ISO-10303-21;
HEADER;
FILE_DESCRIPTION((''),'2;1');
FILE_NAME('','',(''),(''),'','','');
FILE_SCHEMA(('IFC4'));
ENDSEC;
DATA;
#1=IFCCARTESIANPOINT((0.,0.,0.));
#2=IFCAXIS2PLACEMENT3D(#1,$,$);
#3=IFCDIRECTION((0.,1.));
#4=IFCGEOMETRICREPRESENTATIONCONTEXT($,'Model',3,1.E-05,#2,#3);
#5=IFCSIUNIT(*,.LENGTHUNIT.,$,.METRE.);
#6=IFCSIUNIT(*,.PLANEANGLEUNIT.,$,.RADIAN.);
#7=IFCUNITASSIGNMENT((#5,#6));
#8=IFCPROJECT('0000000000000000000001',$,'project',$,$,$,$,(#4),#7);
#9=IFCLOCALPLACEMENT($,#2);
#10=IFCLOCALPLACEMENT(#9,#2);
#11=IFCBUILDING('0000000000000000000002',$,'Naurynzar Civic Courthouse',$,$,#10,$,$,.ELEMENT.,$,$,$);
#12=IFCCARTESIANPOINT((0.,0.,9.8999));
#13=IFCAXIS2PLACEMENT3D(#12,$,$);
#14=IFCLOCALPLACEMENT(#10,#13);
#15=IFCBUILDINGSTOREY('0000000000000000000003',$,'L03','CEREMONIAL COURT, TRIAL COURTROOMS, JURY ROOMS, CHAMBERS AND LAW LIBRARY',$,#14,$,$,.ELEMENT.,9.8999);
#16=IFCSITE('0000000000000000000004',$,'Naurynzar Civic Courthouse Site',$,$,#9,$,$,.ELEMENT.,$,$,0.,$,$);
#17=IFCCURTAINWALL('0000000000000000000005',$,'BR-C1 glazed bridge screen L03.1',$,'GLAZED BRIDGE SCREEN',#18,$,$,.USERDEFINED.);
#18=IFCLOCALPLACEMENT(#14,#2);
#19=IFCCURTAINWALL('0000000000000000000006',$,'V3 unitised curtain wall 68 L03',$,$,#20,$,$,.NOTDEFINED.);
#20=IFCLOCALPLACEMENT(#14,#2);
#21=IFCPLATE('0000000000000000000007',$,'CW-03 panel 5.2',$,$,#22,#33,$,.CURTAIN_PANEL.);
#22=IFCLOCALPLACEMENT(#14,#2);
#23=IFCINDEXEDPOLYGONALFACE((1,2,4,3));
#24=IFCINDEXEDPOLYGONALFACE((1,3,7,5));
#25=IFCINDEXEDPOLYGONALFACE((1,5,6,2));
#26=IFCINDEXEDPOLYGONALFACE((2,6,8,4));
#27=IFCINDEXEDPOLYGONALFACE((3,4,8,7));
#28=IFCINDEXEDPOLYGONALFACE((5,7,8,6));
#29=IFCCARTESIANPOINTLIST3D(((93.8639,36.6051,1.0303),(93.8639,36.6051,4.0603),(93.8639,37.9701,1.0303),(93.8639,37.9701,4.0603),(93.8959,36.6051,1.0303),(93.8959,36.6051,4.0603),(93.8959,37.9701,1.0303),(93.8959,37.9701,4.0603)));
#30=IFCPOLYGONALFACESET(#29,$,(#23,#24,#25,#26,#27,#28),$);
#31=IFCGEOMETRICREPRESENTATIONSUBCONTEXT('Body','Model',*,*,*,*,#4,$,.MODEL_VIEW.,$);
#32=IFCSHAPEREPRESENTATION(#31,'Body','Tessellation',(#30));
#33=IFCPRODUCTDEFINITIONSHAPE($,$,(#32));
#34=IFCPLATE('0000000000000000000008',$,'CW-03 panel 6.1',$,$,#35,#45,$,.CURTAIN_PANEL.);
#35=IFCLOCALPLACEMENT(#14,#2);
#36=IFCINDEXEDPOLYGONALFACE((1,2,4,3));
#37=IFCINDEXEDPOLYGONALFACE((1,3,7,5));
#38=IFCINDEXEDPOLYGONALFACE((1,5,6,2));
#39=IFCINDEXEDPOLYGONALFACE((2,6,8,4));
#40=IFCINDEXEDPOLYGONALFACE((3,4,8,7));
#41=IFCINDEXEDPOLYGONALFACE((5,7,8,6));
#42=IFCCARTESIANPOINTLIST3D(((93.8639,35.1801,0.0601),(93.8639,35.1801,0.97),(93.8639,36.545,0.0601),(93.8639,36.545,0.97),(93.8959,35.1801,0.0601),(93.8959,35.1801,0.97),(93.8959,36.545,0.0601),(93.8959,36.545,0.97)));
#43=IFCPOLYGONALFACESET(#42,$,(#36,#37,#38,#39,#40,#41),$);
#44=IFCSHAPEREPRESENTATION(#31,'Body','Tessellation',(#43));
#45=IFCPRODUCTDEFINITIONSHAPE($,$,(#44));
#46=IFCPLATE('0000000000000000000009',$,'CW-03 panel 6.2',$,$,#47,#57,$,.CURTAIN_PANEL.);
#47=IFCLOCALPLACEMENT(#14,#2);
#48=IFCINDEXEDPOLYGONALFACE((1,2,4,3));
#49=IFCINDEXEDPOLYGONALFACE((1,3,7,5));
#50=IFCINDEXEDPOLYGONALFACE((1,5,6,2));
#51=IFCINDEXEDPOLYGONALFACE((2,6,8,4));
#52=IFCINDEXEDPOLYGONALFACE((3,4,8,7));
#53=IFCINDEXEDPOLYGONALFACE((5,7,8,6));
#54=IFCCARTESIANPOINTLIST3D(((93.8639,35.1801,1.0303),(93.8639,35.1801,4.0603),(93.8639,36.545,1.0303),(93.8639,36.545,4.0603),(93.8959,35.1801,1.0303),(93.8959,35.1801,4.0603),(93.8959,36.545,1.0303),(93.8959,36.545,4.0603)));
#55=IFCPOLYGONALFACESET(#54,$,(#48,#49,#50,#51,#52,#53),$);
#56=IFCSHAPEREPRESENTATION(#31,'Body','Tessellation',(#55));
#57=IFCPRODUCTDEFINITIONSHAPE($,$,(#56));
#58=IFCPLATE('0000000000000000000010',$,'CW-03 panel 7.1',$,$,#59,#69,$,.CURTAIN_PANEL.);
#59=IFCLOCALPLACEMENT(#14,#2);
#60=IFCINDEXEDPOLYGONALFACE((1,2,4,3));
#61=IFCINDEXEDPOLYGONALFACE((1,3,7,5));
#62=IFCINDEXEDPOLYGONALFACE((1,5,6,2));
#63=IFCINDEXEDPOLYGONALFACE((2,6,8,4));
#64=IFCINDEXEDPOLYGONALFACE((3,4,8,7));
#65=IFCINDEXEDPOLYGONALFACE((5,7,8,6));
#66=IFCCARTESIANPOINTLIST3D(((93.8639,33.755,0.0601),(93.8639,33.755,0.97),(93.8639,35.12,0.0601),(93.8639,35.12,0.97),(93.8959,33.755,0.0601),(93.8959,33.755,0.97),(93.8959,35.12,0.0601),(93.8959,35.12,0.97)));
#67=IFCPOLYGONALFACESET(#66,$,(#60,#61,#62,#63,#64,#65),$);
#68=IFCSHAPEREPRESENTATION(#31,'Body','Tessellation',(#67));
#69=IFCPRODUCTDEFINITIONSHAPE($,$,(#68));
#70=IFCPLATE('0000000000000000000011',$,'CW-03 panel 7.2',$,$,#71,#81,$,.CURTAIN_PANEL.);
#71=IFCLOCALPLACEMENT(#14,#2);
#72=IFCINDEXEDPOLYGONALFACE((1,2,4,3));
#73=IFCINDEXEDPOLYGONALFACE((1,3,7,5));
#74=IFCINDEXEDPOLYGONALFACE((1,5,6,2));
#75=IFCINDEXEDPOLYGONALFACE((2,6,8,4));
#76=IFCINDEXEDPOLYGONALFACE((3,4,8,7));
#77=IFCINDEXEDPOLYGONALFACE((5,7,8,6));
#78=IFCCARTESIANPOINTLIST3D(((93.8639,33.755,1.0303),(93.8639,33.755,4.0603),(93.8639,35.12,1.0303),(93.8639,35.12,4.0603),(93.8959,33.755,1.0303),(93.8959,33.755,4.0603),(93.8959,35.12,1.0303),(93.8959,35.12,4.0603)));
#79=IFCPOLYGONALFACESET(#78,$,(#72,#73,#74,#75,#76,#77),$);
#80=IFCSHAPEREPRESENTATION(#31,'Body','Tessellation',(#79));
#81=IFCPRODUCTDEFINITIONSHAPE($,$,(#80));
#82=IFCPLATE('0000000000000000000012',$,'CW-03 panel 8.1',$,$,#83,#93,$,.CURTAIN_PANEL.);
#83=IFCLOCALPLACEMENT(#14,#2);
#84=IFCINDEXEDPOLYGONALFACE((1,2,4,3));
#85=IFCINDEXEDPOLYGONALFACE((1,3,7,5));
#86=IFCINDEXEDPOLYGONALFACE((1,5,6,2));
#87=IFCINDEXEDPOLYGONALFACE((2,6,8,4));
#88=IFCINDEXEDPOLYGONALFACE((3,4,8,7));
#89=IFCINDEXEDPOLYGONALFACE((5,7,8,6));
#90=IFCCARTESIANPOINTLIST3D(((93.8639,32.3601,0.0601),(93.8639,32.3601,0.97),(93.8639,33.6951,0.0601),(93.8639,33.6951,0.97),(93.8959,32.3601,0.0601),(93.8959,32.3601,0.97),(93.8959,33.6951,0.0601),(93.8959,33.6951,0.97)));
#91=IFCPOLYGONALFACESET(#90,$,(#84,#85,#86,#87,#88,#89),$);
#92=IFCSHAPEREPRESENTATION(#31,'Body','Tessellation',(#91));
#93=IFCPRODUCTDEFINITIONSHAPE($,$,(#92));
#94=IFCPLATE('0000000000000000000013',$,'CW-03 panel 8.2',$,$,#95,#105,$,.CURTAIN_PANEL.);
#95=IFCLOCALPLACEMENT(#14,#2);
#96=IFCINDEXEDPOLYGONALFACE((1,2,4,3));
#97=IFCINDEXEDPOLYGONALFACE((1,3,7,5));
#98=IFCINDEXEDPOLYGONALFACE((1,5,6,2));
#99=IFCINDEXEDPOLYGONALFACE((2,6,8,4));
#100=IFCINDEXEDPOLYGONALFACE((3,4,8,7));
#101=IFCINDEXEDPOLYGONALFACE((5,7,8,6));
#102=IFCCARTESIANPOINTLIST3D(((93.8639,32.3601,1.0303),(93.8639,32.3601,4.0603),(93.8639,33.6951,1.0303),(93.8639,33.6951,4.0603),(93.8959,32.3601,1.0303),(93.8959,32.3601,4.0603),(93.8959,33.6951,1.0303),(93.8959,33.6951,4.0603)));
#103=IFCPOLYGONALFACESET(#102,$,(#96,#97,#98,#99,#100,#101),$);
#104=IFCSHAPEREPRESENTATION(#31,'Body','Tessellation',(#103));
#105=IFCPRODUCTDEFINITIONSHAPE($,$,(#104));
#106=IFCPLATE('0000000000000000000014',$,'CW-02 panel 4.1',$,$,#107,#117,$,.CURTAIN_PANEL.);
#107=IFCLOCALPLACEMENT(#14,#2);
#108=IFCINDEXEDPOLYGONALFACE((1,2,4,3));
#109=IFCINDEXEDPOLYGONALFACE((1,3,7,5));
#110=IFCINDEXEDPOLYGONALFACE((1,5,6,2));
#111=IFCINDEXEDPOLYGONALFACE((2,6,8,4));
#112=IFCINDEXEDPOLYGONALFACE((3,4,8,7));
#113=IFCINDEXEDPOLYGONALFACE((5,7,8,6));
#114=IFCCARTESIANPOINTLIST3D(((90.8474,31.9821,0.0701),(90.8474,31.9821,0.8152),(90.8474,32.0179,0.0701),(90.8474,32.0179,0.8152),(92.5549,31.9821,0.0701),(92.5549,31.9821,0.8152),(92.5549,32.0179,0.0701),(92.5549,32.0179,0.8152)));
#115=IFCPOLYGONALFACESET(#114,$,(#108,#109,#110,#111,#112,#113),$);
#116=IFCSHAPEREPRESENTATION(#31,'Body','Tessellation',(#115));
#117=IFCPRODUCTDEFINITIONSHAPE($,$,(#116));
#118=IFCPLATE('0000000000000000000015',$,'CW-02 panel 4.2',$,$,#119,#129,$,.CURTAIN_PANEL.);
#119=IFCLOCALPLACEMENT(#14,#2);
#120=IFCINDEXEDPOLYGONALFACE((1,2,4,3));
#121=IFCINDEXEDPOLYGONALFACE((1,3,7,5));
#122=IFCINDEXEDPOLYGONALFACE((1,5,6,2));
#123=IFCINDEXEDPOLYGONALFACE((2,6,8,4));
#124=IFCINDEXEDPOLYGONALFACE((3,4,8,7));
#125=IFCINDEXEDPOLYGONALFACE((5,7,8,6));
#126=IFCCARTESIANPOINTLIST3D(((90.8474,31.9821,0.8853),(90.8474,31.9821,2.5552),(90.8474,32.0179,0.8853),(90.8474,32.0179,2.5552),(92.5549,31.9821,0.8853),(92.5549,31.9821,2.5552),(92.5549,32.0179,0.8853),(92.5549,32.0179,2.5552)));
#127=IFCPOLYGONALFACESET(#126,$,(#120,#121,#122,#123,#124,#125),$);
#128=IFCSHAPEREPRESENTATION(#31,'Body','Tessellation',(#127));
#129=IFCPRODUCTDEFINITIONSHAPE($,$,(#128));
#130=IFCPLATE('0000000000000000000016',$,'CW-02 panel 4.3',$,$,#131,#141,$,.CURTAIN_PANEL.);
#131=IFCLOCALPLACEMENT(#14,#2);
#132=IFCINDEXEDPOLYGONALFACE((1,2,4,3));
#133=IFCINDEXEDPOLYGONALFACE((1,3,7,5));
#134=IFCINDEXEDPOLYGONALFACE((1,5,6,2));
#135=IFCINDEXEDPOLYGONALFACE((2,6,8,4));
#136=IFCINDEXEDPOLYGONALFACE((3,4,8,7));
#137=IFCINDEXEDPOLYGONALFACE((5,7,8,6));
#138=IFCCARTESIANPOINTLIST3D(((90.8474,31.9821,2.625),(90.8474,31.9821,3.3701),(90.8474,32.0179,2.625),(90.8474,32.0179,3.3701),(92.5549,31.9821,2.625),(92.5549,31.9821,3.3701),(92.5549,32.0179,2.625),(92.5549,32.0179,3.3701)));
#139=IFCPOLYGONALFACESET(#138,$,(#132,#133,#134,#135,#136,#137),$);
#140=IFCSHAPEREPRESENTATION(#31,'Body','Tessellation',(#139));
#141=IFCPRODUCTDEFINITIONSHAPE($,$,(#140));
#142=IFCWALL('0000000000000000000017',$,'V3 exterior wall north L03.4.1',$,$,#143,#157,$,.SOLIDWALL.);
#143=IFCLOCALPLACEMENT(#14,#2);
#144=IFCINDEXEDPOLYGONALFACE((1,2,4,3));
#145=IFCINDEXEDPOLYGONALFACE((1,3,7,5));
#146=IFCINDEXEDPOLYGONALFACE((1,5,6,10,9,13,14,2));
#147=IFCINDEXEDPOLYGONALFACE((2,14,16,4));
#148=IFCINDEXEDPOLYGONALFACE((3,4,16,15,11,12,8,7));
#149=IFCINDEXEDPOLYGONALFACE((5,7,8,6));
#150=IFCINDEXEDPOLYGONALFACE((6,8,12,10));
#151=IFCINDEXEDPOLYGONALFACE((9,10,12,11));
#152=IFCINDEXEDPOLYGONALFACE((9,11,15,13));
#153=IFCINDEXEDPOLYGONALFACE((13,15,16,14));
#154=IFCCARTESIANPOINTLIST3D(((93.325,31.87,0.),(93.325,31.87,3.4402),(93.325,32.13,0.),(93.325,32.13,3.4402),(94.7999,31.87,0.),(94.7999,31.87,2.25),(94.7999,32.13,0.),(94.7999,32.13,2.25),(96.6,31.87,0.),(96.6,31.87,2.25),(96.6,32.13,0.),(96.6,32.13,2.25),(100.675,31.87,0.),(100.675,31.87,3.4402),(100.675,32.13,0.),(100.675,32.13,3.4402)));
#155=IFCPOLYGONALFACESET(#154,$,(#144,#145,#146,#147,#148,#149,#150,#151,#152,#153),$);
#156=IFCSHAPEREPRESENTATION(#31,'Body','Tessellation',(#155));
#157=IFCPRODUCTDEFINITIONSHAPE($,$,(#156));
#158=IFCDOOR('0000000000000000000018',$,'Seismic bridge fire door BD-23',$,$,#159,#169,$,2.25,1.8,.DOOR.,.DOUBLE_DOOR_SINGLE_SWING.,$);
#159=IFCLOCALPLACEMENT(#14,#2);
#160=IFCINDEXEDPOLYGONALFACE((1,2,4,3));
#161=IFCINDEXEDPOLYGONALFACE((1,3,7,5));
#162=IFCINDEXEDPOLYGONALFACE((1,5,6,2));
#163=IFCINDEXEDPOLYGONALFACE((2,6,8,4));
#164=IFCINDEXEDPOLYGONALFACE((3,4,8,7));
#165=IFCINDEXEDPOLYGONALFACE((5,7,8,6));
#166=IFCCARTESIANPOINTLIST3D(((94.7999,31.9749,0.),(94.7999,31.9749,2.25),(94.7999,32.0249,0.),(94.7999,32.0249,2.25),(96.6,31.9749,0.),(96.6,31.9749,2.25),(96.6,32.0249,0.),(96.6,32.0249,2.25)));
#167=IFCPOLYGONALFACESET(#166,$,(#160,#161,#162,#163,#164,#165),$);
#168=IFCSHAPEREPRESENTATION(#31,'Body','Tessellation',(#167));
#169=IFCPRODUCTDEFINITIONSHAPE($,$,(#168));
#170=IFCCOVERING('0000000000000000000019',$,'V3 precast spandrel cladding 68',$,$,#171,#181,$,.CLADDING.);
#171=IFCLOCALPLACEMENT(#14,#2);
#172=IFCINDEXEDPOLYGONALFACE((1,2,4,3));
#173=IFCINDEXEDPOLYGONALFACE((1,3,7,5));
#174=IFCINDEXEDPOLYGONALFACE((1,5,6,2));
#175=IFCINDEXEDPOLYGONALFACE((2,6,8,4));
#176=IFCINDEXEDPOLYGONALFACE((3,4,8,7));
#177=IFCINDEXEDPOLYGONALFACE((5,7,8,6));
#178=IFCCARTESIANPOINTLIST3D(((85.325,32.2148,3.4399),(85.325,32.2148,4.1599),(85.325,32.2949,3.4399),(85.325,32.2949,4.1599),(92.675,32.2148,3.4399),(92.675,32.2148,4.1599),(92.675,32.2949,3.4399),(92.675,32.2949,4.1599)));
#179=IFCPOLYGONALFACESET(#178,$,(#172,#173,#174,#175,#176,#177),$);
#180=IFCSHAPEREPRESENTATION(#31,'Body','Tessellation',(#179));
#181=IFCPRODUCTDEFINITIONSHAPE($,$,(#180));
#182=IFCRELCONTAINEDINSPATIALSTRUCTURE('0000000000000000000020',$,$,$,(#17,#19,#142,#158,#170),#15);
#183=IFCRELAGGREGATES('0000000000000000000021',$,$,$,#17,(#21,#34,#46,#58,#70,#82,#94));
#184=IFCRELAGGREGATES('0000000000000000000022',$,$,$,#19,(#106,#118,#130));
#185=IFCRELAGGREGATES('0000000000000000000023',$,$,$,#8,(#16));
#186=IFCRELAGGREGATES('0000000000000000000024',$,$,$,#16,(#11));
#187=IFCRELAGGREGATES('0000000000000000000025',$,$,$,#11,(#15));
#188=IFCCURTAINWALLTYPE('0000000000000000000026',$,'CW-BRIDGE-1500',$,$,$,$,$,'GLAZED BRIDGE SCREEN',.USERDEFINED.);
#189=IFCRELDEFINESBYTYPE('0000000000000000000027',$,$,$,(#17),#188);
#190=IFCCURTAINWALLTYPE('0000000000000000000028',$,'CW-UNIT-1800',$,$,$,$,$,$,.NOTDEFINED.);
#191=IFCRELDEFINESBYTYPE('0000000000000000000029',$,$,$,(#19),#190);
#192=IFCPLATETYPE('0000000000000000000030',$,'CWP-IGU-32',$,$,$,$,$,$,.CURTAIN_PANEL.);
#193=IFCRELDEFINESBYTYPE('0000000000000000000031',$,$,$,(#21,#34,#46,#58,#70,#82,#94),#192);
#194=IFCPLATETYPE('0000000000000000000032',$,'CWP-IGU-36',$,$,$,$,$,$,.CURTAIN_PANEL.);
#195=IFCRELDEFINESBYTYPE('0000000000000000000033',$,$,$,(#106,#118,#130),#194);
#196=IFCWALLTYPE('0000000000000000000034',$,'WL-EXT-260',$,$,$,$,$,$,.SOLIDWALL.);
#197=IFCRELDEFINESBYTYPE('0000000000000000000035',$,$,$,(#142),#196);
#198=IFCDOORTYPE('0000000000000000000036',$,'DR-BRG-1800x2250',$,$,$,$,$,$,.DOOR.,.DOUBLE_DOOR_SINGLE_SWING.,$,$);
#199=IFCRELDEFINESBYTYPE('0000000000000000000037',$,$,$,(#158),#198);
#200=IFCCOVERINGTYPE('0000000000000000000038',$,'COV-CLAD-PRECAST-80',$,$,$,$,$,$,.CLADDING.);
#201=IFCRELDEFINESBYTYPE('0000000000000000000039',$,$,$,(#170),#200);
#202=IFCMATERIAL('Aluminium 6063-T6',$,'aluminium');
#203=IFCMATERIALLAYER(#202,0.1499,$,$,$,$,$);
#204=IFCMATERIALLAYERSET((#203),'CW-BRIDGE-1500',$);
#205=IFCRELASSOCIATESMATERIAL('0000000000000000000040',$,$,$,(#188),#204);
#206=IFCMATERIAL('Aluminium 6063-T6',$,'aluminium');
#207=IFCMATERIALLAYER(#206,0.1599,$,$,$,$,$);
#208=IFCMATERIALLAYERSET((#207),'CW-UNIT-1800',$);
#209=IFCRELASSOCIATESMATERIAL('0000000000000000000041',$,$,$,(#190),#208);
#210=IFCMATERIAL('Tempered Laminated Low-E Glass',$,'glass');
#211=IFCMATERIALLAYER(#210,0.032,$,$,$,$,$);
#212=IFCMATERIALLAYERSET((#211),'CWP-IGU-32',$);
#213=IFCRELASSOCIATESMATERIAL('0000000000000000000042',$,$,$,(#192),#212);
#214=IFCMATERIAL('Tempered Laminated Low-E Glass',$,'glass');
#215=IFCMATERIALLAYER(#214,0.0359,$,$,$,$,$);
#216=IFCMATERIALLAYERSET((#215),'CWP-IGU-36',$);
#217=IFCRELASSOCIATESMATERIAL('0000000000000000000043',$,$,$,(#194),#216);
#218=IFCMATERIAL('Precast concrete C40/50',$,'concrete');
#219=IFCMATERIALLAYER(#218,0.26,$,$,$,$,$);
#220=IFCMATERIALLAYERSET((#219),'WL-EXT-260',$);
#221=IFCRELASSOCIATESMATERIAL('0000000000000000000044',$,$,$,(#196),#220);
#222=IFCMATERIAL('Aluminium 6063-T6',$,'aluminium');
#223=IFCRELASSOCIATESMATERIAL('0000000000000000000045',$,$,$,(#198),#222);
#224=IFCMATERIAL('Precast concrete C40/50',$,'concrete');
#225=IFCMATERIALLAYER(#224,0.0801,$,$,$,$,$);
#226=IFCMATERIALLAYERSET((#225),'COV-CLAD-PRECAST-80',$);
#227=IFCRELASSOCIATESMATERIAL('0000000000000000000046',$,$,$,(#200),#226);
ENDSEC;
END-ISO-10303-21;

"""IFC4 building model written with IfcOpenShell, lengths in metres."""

from ifc_helpers import new_model, si_unit, direction, frame, frame_2d, origin, origin_2d, place, context, subcontext, project, spatial, rectangle, extrude, material, layer, layer_set, type_object, element, fill, aggregate, save


model = new_model("IFC4")

# Units and contexts
model_context = context("Model", 3, precision=1e-05, world=origin(), true_north=direction((0.0, 1.0)))
body_context = subcontext(model_context, "Body", "Model", "MODEL_VIEW")
ifc_project = project(units=[si_unit("LENGTHUNIT", "METRE"), si_unit("PLANEANGLEUNIT", "RADIAN")], contexts=[model_context])

# Site, building, storey
site_placement = place(None, origin())
site = spatial("IfcSite", under=ifc_project, at=site_placement, Name="Naurynzar Civic Courthouse Site", CompositionType="ELEMENT", RefElevation=0.0)
building_placement = place(site_placement, origin())
building = spatial("IfcBuilding", under=site, at=building_placement, Name="Naurynzar Civic Courthouse", CompositionType="ELEMENT")
storey_placement = place(building_placement, frame((0.0, 0.0, 9.8999)))
storey = spatial("IfcBuildingStorey", under=building, at=storey_placement, Name="L03", Description="CEREMONIAL COURT, TRIAL COURTROOMS, JURY ROOMS, CHAMBERS AND LAW LIBRARY", CompositionType="ELEMENT", Elevation=9.8999)

# Curtain wall
ifc_material_1 = material(Name="Aluminium 6063-T6", Category="aluminium")
ifc_layer_1 = layer(ifc_material_1, 0.1499)
ifc_layer_set_1 = layer_set([ifc_layer_1], Name="CW-BRIDGE-1500")
curtain_wall_type_1 = type_object("IfcCurtainWallType", Name="CW-BRIDGE-1500", ElementType="GLAZED BRIDGE SCREEN", PredefinedType="USERDEFINED", material=ifc_layer_set_1)
curtain_wall_1_placement = place(storey_placement, origin())
curtain_wall_1 = element("IfcCurtainWall", 1, at=curtain_wall_1_placement, inside=storey, type_object=curtain_wall_type_1, Name="BR-C1 glazed bridge screen L03.1", ObjectType="GLAZED BRIDGE SCREEN", PredefinedType="USERDEFINED")

# Curtain wall
ifc_material_2 = material(Name="Aluminium 6063-T6", Category="aluminium")
ifc_layer_2 = layer(ifc_material_2, 0.1599)
ifc_layer_set_2 = layer_set([ifc_layer_2], Name="CW-UNIT-1800")
curtain_wall_type_2 = type_object("IfcCurtainWallType", Name="CW-UNIT-1800", PredefinedType="NOTDEFINED", material=ifc_layer_set_2)
curtain_wall_2_placement = place(storey_placement, origin())
curtain_wall_2 = element("IfcCurtainWall", 2, at=curtain_wall_2_placement, inside=storey, type_object=curtain_wall_type_2, Name="V3 unitised curtain wall 68 L03", PredefinedType="NOTDEFINED")

# Plates
ifc_material_3 = material(Name="Tempered Laminated Low-E Glass", Category="glass")
ifc_layer_3 = layer(ifc_material_3, 0.032)
ifc_layer_set_3 = layer_set([ifc_layer_3], Name="CWP-IGU-32")
plate_type_1 = type_object("IfcPlateType", Name="CWP-IGU-32", PredefinedType="CURTAIN_PANEL", material=ifc_layer_set_3)
plate_1_placement = place(storey_placement, frame((93.8799, 37.2876, 1.0303), z_axis=(0.0, 0.0, 1.0), x_axis=(0.0, -1.0, 0.0)))
plate_1 = element("IfcPlate", 3, at=plate_1_placement, type_object=plate_type_1, Name="CW-03 panel 5.2", PredefinedType="CURTAIN_PANEL", context=body_context, shape_type="SweptSolid", body=[
    extrude(rectangle(XDim=1.365, YDim=0.032, at=origin_2d()), origin(), (0.0, 0.0, 1.0), 3.03),
])
plate_2_placement = place(storey_placement, frame((93.8799, 35.8625, 0.0601), z_axis=(0.0, 0.0, 1.0), x_axis=(0.0, -1.0, 0.0)))
plate_2 = element("IfcPlate", 4, at=plate_2_placement, type_object=plate_type_1, Name="CW-03 panel 6.1", PredefinedType="CURTAIN_PANEL", context=body_context, shape_type="SweptSolid", body=[
    extrude(rectangle(XDim=1.365, YDim=0.032, at=origin_2d()), origin(), (0.0, 0.0, 1.0), 0.9099),
])
plate_3_placement = place(storey_placement, frame((93.8799, 35.8625, 1.0303), z_axis=(0.0, 0.0, 1.0), x_axis=(0.0, -1.0, 0.0)))
plate_3 = element("IfcPlate", 5, at=plate_3_placement, type_object=plate_type_1, Name="CW-03 panel 6.2", PredefinedType="CURTAIN_PANEL", context=body_context, shape_type="SweptSolid", body=[
    extrude(rectangle(XDim=1.365, YDim=0.032, at=origin_2d()), origin(), (0.0, 0.0, 1.0), 3.03),
])
plate_4_placement = place(storey_placement, frame((93.8799, 34.4375, 0.0601), z_axis=(0.0, 0.0, 1.0), x_axis=(0.0, -1.0, 0.0)))
plate_4 = element("IfcPlate", 6, at=plate_4_placement, type_object=plate_type_1, Name="CW-03 panel 7.1", PredefinedType="CURTAIN_PANEL", context=body_context, shape_type="SweptSolid", body=[
    extrude(rectangle(XDim=1.365, YDim=0.032, at=origin_2d()), origin(), (0.0, 0.0, 1.0), 0.9099),
])
plate_5_placement = place(storey_placement, frame((93.8799, 34.4375, 1.0303), z_axis=(0.0, 0.0, 1.0), x_axis=(0.0, -1.0, 0.0)))
plate_5 = element("IfcPlate", 7, at=plate_5_placement, type_object=plate_type_1, Name="CW-03 panel 7.2", PredefinedType="CURTAIN_PANEL", context=body_context, shape_type="SweptSolid", body=[
    extrude(rectangle(XDim=1.365, YDim=0.032, at=origin_2d()), origin(), (0.0, 0.0, 1.0), 3.03),
])
plate_6_placement = place(storey_placement, frame((93.8799, 33.0276, 0.0601), z_axis=(0.0, 0.0, 1.0), x_axis=(0.0, -1.0, 0.0)))
plate_6 = element("IfcPlate", 8, at=plate_6_placement, type_object=plate_type_1, Name="CW-03 panel 8.1", PredefinedType="CURTAIN_PANEL", context=body_context, shape_type="SweptSolid", body=[
    extrude(rectangle(XDim=1.335, YDim=0.032, at=origin_2d()), origin(), (0.0, 0.0, 1.0), 0.9099),
])
plate_7_placement = place(storey_placement, frame((93.8799, 33.0276, 1.0303), z_axis=(0.0, 0.0, 1.0), x_axis=(0.0, -1.0, 0.0)))
plate_7 = element("IfcPlate", 9, at=plate_7_placement, type_object=plate_type_1, Name="CW-03 panel 8.2", PredefinedType="CURTAIN_PANEL", context=body_context, shape_type="SweptSolid", body=[
    extrude(rectangle(XDim=1.335, YDim=0.032, at=origin_2d()), origin(), (0.0, 0.0, 1.0), 3.03),
])
aggregate(curtain_wall_1, [plate_1, plate_2, plate_3, plate_4, plate_5, plate_6, plate_7])
ifc_material_4 = material(Name="Tempered Laminated Low-E Glass", Category="glass")
ifc_layer_4 = layer(ifc_material_4, 0.0359)
ifc_layer_set_4 = layer_set([ifc_layer_4], Name="CWP-IGU-36")
plate_type_2 = type_object("IfcPlateType", Name="CWP-IGU-36", PredefinedType="CURTAIN_PANEL", material=ifc_layer_set_4)
plate_8_placement = place(storey_placement, frame((91.7012, 32.0, 0.0701), z_axis=(0.0, 0.0, 1.0), x_axis=(1.0, 0.0, 0.0)))
plate_8 = element("IfcPlate", 10, at=plate_8_placement, type_object=plate_type_2, Name="CW-02 panel 4.1", PredefinedType="CURTAIN_PANEL", context=body_context, shape_type="SweptSolid", body=[
    extrude(rectangle(XDim=1.7075, YDim=0.0359, at=origin_2d()), origin(), (0.0, 0.0, 1.0), 0.7451),
])
plate_9_placement = place(storey_placement, frame((91.7012, 32.0, 0.8853), z_axis=(0.0, 0.0, 1.0), x_axis=(1.0, 0.0, 0.0)))
plate_9 = element("IfcPlate", 11, at=plate_9_placement, type_object=plate_type_2, Name="CW-02 panel 4.2", PredefinedType="CURTAIN_PANEL", context=body_context, shape_type="SweptSolid", body=[
    extrude(rectangle(XDim=1.7075, YDim=0.0359, at=origin_2d()), origin(), (0.0, 0.0, 1.0), 1.6699),
])
plate_10_placement = place(storey_placement, frame((91.7012, 32.0, 2.625), z_axis=(0.0, 0.0, 1.0), x_axis=(1.0, 0.0, 0.0)))
plate_10 = element("IfcPlate", 12, at=plate_10_placement, type_object=plate_type_2, Name="CW-02 panel 4.3", PredefinedType="CURTAIN_PANEL", context=body_context, shape_type="SweptSolid", body=[
    extrude(rectangle(XDim=1.7075, YDim=0.0359, at=origin_2d()), origin(), (0.0, 0.0, 1.0), 0.7451),
])
aggregate(curtain_wall_2, [plate_8, plate_9, plate_10])

# Wall, opening, door
ifc_material_5 = material(Name="Precast concrete C40/50", Category="concrete")
ifc_layer_5 = layer(ifc_material_5, 0.26)
ifc_layer_set_5 = layer_set([ifc_layer_5], Name="WL-EXT-260")
wall_type = type_object("IfcWallType", Name="WL-EXT-260", PredefinedType="SOLIDWALL", material=ifc_layer_set_5)
wall_placement = place(storey_placement, frame((93.325, 32.0, 0.0), z_axis=(0.0, 0.0, 1.0), x_axis=(1.0, 0.0, 0.0)))
wall = element("IfcWall", 13, at=wall_placement, inside=storey, type_object=wall_type, Name="V3 exterior wall north L03.4.1", PredefinedType="SOLIDWALL", context=body_context, shape_type="SweptSolid", body=[
    extrude(rectangle(XDim=7.3501, YDim=0.26, at=frame_2d((3.675, 0.0))), origin(), (0.0, 0.0, 1.0), 3.4402),
])
opening_placement = place(wall_placement, frame((1.4751, 0.0, 0.0)))
opening = element("IfcOpeningElement", 14, at=opening_placement, cuts=wall, PredefinedType="OPENING", context=body_context, shape_type="SweptSolid", body=[
    extrude(rectangle(XDim=1.8, YDim=2.25, at=frame_2d((0.8999, 1.125))), frame((0.0, 0.1399, 0.0), z_axis=(0.0, -1.0, 0.0), x_axis=(1.0, 0.0, 0.0)), (0.0, 0.0, 1.0), 0.28),
])
ifc_material_6 = material(Name="Aluminium 6063-T6", Category="aluminium")
door_type = type_object("IfcDoorType", Name="DR-BRG-1800x2250", OperationType="DOUBLE_DOOR_SINGLE_SWING", PredefinedType="DOOR", material=ifc_material_6)
door_placement = place(opening_placement, origin())
door = element("IfcDoor", 15, at=door_placement, inside=storey, type_object=door_type, Name="Seismic bridge fire door BD-23", OperationType="DOUBLE_DOOR_SINGLE_SWING", OverallHeight=2.25, OverallWidth=1.8, PredefinedType="DOOR", context=body_context, shape_type="SweptSolid", body=[
    extrude(rectangle(XDim=1.8, YDim=2.25, at=frame_2d((0.8999, 1.125))), frame((0.0, 0.0249, 0.0), z_axis=(0.0, -1.0, 0.0), x_axis=(1.0, 0.0, 0.0)), (0.0, 0.0, 1.0), 0.05),
])
fill(opening, door)

# Covering
ifc_material_7 = material(Name="Precast concrete C40/50", Category="concrete")
ifc_layer_6 = layer(ifc_material_7, 0.0801)
ifc_layer_set_6 = layer_set([ifc_layer_6], Name="COV-CLAD-PRECAST-80")
covering_type = type_object("IfcCoveringType", Name="COV-CLAD-PRECAST-80", PredefinedType="CLADDING", material=ifc_layer_set_6)
covering_placement = place(storey_placement, frame((89.0, 32.2549, 3.4399), z_axis=(0.0, 0.0, 1.0), x_axis=(1.0, 0.0, 0.0)))
element("IfcCovering", 16, at=covering_placement, inside=storey, type_object=covering_type, Name="V3 precast spandrel cladding 68", PredefinedType="CLADDING", context=body_context, shape_type="SweptSolid", body=[
    extrude(rectangle(XDim=7.3501, YDim=0.0801, at=origin_2d()), origin(), (0.0, 0.0, 1.0), 0.72),
])

save(model, "model.ifc")
